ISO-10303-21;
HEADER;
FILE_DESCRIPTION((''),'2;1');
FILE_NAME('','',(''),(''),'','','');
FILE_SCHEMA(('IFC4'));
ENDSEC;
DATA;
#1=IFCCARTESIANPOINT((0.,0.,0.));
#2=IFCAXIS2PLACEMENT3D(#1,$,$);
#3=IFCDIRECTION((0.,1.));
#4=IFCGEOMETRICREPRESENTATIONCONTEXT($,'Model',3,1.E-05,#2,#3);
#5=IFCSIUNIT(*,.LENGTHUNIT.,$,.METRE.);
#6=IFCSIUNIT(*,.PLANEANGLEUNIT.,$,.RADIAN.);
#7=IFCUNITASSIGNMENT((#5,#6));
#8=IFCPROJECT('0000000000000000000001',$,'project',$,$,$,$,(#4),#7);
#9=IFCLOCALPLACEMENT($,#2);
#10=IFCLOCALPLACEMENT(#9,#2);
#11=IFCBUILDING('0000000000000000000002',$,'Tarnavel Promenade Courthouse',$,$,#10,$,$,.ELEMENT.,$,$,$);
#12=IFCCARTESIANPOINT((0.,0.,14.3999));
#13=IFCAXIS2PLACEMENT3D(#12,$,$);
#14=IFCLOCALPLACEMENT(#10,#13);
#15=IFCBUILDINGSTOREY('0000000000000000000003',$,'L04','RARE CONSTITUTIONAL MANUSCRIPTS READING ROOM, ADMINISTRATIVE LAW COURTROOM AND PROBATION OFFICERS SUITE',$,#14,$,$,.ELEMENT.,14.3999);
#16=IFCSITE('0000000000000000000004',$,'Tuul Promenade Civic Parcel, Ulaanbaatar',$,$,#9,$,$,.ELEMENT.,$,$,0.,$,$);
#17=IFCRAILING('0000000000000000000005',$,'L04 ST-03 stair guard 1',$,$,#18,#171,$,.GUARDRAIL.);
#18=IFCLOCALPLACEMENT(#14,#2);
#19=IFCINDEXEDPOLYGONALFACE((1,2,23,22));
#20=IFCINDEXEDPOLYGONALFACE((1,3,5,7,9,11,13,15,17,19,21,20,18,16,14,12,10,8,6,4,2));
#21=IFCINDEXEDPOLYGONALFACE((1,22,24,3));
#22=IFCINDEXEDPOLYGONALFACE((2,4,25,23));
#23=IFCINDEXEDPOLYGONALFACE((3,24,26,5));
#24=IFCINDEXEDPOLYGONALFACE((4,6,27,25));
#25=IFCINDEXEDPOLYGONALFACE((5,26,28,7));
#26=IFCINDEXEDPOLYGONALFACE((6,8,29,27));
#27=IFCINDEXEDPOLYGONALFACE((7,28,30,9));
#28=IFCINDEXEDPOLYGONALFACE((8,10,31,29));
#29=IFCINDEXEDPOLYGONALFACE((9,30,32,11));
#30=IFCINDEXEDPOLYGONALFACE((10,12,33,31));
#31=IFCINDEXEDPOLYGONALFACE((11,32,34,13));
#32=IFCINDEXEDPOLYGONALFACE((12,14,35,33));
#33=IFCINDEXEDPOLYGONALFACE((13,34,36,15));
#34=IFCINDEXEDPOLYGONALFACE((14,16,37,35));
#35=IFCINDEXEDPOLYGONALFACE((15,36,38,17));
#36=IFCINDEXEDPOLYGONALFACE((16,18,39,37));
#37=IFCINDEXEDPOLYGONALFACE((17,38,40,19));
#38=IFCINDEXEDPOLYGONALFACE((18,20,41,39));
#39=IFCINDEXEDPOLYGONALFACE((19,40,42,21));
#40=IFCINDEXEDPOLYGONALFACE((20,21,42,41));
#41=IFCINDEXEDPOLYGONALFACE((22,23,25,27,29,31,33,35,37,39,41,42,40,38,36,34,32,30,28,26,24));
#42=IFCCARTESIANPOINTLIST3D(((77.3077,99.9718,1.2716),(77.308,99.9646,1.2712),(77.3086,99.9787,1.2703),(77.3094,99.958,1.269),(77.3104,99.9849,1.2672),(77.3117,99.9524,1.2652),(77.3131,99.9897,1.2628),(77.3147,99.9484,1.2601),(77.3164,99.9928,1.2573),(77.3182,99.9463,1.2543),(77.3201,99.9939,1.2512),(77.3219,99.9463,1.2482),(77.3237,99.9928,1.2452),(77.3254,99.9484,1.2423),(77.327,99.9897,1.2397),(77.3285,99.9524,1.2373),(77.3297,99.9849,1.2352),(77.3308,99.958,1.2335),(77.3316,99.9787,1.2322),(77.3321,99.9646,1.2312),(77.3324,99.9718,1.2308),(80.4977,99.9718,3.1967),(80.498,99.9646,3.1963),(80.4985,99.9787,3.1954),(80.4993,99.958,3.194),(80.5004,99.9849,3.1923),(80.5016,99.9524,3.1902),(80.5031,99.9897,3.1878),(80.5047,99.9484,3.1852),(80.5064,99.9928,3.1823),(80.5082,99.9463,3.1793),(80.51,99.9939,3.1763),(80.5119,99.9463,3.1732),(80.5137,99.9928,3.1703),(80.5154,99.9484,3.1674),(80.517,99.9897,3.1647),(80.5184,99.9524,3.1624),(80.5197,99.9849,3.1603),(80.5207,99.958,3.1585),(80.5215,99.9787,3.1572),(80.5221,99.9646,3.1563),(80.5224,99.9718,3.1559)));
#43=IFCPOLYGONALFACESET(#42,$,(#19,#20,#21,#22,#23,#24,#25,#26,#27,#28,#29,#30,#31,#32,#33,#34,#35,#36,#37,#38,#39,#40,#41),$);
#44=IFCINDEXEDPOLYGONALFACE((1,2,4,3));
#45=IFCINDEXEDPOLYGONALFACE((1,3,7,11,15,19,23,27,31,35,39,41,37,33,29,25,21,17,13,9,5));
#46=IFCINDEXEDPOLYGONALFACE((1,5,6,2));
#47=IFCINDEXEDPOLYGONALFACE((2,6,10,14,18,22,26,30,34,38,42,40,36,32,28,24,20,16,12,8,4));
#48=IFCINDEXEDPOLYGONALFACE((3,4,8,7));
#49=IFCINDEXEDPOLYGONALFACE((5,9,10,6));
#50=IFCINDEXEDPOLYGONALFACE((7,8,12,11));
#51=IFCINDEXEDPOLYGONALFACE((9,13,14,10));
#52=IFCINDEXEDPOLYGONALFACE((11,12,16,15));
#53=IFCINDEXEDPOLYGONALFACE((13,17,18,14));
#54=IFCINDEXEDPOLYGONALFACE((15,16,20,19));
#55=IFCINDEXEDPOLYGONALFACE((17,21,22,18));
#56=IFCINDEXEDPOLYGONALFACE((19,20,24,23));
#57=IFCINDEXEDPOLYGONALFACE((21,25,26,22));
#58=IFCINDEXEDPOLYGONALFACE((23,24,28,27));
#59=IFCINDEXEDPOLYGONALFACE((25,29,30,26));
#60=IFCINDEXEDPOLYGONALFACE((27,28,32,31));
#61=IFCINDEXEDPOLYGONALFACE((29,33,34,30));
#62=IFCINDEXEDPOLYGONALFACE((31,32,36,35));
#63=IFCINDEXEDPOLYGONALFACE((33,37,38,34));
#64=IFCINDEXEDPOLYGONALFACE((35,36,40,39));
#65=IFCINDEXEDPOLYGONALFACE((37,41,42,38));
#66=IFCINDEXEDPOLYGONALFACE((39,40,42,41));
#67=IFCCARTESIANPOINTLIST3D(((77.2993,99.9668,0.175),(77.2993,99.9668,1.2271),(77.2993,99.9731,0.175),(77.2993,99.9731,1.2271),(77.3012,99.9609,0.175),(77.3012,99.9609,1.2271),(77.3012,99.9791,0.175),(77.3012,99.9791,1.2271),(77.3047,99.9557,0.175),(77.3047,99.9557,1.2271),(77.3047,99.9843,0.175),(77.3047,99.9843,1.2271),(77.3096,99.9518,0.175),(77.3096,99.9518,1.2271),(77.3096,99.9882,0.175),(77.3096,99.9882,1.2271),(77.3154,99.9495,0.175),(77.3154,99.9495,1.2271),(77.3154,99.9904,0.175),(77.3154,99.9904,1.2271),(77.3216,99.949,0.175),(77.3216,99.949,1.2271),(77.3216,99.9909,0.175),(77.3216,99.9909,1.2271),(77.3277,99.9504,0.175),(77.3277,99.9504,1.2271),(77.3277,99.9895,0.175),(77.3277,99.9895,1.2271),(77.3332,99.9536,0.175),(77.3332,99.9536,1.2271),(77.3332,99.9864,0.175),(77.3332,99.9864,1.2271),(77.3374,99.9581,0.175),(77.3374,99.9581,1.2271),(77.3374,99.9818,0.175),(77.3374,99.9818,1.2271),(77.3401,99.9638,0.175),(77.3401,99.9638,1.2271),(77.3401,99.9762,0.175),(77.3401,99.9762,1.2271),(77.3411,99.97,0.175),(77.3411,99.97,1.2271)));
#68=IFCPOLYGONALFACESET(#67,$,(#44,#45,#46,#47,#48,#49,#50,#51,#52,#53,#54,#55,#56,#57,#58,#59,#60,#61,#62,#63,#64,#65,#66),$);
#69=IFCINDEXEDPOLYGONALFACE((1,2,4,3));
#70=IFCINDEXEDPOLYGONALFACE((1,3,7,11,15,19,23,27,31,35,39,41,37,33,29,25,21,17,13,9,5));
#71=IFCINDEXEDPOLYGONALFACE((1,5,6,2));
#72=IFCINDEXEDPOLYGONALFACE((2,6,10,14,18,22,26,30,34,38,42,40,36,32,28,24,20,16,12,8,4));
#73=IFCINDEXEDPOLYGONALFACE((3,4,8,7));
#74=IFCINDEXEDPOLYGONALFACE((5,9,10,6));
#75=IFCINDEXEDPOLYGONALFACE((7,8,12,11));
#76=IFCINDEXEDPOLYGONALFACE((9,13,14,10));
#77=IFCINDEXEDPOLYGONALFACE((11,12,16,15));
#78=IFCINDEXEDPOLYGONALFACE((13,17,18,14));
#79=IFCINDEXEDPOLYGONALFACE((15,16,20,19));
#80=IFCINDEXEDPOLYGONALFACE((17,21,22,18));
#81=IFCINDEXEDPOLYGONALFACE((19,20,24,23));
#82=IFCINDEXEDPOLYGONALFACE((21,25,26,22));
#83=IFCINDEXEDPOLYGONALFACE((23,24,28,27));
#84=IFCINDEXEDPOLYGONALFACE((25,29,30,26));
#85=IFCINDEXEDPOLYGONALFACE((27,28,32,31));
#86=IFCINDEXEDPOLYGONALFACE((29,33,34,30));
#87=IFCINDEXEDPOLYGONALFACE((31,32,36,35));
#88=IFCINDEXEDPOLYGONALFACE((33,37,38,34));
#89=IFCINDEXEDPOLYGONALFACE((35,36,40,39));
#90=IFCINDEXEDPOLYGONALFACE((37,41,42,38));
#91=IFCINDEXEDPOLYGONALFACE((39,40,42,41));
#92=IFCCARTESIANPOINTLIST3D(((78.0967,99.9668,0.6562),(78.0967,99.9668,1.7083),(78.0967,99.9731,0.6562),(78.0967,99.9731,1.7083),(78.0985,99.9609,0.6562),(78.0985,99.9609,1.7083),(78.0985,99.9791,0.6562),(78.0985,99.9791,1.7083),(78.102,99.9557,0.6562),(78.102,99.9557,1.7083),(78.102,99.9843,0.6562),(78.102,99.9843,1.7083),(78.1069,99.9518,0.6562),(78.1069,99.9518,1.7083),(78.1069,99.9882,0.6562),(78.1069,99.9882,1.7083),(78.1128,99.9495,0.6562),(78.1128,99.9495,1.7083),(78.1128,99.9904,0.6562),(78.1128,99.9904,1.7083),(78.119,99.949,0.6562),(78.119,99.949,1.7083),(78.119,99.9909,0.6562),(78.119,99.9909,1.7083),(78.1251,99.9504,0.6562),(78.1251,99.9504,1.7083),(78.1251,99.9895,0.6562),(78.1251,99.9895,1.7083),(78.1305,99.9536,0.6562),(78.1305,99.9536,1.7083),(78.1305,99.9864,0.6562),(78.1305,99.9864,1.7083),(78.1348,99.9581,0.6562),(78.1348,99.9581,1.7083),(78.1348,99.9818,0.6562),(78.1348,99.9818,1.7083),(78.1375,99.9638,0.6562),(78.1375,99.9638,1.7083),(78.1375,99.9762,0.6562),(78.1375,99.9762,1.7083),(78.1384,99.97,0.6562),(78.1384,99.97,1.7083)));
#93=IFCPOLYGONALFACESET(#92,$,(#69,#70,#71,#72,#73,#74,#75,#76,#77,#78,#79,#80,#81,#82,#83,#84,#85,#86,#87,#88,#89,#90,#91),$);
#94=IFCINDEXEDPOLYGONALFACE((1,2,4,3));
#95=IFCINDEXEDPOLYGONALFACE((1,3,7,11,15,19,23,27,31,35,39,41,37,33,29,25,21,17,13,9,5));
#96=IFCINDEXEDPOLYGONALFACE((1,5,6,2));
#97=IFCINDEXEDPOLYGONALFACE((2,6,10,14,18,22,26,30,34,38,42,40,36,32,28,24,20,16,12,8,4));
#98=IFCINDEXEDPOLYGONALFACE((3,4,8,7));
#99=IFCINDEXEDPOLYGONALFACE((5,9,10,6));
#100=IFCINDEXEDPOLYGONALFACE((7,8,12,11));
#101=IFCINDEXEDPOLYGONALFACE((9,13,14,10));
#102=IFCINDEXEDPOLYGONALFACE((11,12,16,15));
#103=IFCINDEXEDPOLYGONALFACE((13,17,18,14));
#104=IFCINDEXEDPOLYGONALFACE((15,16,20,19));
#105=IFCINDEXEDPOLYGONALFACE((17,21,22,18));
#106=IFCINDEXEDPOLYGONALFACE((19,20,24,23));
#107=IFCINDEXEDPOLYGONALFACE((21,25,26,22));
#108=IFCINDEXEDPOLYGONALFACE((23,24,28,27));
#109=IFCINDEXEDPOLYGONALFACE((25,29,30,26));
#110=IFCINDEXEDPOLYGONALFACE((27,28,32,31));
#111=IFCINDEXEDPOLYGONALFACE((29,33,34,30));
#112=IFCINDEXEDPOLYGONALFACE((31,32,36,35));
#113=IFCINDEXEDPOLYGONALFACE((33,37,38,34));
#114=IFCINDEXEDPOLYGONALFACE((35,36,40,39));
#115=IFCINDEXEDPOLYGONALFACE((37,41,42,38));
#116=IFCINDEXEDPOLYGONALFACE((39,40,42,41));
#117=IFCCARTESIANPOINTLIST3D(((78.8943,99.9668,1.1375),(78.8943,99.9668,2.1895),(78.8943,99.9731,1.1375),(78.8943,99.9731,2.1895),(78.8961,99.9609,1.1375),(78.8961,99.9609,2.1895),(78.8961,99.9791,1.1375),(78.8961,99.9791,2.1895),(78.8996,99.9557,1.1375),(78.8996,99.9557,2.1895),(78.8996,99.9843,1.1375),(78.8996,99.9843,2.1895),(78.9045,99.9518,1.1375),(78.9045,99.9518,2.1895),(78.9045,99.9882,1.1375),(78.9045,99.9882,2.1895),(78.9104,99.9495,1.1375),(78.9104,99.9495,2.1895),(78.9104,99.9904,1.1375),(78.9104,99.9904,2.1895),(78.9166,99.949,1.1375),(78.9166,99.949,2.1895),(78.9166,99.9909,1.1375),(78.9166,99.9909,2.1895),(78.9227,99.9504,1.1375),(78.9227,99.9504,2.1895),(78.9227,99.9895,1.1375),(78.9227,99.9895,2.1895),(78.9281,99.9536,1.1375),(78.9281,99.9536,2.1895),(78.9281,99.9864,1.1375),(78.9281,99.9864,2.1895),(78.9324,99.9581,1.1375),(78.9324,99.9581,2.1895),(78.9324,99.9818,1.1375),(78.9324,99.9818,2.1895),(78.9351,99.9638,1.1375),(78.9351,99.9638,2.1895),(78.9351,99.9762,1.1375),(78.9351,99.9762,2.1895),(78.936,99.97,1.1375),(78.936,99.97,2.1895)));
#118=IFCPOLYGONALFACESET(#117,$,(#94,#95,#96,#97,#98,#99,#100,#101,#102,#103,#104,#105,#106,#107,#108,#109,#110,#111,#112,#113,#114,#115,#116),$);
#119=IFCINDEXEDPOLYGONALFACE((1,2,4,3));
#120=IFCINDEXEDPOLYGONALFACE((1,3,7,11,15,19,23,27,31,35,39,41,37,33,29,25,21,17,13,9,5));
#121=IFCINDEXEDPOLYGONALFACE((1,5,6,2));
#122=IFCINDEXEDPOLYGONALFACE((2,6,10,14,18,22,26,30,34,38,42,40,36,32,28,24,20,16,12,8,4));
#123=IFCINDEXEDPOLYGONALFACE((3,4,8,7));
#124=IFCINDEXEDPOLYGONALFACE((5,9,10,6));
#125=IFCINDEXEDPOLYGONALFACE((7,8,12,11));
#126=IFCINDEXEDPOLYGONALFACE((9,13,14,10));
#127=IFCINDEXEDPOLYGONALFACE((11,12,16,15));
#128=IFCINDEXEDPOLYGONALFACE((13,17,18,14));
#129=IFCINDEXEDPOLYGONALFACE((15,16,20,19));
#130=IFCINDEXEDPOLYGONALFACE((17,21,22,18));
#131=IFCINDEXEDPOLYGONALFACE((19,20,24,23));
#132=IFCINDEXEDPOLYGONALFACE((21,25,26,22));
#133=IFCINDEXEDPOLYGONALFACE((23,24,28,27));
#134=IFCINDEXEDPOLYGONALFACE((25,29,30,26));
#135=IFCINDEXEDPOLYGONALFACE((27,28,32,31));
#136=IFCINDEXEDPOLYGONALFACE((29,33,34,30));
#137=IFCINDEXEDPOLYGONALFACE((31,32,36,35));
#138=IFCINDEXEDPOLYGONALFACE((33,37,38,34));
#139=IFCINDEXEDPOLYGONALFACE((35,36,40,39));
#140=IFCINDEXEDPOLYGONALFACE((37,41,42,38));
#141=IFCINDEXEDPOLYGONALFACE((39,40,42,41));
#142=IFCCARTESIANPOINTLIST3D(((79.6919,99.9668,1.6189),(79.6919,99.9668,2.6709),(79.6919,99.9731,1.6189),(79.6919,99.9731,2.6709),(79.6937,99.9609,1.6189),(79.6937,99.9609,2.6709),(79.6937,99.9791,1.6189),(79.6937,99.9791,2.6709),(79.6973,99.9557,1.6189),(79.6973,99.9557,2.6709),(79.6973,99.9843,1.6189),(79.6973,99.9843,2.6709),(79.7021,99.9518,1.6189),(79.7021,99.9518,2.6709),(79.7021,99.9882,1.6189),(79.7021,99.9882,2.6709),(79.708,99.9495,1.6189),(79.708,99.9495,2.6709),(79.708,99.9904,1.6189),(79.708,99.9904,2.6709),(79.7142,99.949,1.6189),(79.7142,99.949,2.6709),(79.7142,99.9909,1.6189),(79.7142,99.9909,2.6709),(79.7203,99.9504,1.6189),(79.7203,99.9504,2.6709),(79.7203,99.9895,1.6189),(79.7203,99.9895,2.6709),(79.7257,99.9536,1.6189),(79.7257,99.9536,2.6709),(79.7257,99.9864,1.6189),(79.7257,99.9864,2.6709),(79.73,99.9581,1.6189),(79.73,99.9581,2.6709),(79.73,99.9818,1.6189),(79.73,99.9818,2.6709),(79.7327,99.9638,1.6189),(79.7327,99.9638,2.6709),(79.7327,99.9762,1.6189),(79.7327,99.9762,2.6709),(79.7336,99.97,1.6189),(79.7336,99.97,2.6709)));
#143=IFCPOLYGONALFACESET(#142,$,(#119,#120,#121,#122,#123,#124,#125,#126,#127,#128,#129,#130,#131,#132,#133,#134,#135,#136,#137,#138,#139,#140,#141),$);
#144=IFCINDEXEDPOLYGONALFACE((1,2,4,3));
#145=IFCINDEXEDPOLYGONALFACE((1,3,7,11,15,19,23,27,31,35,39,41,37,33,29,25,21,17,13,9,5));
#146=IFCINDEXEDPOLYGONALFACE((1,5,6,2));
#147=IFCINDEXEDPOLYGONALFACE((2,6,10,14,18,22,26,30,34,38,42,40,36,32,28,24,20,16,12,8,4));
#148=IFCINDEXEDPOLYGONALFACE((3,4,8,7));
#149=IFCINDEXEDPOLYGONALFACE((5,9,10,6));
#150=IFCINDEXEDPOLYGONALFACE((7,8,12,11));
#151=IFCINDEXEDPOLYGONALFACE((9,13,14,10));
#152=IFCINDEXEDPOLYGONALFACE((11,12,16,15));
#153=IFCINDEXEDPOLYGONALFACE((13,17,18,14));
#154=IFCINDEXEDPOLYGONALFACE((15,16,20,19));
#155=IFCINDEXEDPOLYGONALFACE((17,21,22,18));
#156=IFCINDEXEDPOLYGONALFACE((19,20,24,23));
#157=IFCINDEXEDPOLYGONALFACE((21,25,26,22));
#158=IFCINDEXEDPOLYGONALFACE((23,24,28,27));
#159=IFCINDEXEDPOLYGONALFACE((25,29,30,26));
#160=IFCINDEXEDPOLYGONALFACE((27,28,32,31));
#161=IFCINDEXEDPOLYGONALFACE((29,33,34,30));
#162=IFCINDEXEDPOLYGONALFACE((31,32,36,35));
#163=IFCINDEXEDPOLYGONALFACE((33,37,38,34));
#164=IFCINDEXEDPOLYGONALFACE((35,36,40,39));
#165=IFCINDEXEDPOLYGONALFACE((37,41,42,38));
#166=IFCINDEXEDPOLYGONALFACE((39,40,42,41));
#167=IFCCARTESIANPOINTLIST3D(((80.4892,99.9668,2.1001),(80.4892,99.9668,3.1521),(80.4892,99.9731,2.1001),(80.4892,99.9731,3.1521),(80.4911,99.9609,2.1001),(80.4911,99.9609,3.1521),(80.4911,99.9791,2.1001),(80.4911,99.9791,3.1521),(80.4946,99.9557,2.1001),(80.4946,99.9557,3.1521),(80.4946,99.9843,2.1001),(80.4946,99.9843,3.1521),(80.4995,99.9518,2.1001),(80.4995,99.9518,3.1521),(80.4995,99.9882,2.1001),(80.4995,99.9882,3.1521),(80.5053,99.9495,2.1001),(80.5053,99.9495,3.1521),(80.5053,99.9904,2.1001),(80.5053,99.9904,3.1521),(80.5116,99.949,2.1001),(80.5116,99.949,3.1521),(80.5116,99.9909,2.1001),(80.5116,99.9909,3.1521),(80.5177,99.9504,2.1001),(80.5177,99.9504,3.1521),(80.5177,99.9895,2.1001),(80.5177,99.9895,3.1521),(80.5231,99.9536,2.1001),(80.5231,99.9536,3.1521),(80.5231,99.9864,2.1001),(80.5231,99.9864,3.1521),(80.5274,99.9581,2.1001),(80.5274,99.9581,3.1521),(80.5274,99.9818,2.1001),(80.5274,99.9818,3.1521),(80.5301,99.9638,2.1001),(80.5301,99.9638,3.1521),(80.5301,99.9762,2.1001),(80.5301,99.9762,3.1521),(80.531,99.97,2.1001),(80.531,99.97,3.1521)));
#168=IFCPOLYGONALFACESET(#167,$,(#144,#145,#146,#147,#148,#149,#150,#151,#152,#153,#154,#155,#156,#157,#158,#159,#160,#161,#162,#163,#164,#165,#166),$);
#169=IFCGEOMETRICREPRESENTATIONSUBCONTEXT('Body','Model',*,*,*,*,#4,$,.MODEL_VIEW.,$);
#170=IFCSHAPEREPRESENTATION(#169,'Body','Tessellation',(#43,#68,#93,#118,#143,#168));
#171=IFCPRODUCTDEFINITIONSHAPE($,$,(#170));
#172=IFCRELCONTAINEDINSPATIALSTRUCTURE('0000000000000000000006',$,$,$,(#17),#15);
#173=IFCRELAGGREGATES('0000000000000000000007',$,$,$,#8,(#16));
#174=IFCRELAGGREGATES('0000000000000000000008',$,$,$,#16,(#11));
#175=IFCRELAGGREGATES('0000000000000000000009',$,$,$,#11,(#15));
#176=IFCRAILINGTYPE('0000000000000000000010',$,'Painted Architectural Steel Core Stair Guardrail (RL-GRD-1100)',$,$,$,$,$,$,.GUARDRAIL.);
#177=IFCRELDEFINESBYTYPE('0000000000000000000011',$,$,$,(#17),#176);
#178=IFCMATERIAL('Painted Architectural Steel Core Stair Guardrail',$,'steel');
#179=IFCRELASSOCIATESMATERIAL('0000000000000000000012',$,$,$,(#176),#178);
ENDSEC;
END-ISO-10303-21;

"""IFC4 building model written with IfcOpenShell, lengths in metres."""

from ifc_helpers import new_model, si_unit, direction, frame, origin, origin_2d, place, context, subcontext, project, spatial, circle, extrude, material, type_object, element, save


model = new_model("IFC4")

# Units and contexts
model_context = context("Model", 3, precision=1e-05, world=origin(), true_north=direction((0.0, 1.0)))
body_context = subcontext(model_context, "Body", "Model", "MODEL_VIEW")
ifc_project = project(units=[si_unit("LENGTHUNIT", "METRE"), si_unit("PLANEANGLEUNIT", "RADIAN")], contexts=[model_context])

# Site, building, storey
site_placement = place(None, origin())
site = spatial("IfcSite", under=ifc_project, at=site_placement, Name="Tuul Promenade Civic Parcel, Ulaanbaatar", CompositionType="ELEMENT", RefElevation=0.0)
building_placement = place(site_placement, origin())
building = spatial("IfcBuilding", under=site, at=building_placement, Name="Tarnavel Promenade Courthouse", CompositionType="ELEMENT")
storey_placement = place(building_placement, frame((0.0, 0.0, 14.3999)))
storey = spatial("IfcBuildingStorey", under=building, at=storey_placement, Name="L04", Description="RARE CONSTITUTIONAL MANUSCRIPTS READING ROOM, ADMINISTRATIVE LAW COURTROOM AND PROBATION OFFICERS SUITE", CompositionType="ELEMENT", Elevation=14.3999)

# Railing
ifc_material_1 = material(Name="Painted Architectural Steel Core Stair Guardrail", Category="steel")
railing_type_1 = type_object("IfcRailingType", Name="Painted Architectural Steel Core Stair Guardrail (RL-GRD-1100)", PredefinedType="GUARDRAIL", material=ifc_material_1)
railing_1_placement = place(storey_placement, frame((77.3201, 99.97, 0.175)))
element("IfcRailing", 1, at=railing_1_placement, inside=storey, type_object=railing_type_1, Name="L04 ST-03 stair guard 1", PredefinedType="GUARDRAIL", context=body_context, shape_type="SweptSolid", body=[
    extrude(circle(Radius=0.0239, at=origin_2d()), frame((0.0, 0.0, 1.0762), z_axis=(0.856178, 0.0, 0.516682), x_axis=(0.0, 1.0, 0.0)), (0.0, 0.0, 1.0), 3.7258),
    extrude(circle(Radius=0.021, at=origin_2d()), origin(), (0.0, 0.0, 1.0), 1.052),
    extrude(circle(Radius=0.021, at=origin_2d()), frame((0.7974, 0.0, 0.4812)), (0.0, 0.0, 1.0), 1.052),
    extrude(circle(Radius=0.021, at=origin_2d()), frame((1.595, 0.0, 0.9624)), (0.0, 0.0, 1.0), 1.052),
    extrude(circle(Radius=0.021, at=origin_2d()), frame((2.3926, 0.0, 1.4438)), (0.0, 0.0, 1.0), 1.052),
    extrude(circle(Radius=0.021, at=origin_2d()), frame((3.1899, 0.0, 1.925)), (0.0, 0.0, 1.0), 1.052),
])

save(model, "model.ifc")
